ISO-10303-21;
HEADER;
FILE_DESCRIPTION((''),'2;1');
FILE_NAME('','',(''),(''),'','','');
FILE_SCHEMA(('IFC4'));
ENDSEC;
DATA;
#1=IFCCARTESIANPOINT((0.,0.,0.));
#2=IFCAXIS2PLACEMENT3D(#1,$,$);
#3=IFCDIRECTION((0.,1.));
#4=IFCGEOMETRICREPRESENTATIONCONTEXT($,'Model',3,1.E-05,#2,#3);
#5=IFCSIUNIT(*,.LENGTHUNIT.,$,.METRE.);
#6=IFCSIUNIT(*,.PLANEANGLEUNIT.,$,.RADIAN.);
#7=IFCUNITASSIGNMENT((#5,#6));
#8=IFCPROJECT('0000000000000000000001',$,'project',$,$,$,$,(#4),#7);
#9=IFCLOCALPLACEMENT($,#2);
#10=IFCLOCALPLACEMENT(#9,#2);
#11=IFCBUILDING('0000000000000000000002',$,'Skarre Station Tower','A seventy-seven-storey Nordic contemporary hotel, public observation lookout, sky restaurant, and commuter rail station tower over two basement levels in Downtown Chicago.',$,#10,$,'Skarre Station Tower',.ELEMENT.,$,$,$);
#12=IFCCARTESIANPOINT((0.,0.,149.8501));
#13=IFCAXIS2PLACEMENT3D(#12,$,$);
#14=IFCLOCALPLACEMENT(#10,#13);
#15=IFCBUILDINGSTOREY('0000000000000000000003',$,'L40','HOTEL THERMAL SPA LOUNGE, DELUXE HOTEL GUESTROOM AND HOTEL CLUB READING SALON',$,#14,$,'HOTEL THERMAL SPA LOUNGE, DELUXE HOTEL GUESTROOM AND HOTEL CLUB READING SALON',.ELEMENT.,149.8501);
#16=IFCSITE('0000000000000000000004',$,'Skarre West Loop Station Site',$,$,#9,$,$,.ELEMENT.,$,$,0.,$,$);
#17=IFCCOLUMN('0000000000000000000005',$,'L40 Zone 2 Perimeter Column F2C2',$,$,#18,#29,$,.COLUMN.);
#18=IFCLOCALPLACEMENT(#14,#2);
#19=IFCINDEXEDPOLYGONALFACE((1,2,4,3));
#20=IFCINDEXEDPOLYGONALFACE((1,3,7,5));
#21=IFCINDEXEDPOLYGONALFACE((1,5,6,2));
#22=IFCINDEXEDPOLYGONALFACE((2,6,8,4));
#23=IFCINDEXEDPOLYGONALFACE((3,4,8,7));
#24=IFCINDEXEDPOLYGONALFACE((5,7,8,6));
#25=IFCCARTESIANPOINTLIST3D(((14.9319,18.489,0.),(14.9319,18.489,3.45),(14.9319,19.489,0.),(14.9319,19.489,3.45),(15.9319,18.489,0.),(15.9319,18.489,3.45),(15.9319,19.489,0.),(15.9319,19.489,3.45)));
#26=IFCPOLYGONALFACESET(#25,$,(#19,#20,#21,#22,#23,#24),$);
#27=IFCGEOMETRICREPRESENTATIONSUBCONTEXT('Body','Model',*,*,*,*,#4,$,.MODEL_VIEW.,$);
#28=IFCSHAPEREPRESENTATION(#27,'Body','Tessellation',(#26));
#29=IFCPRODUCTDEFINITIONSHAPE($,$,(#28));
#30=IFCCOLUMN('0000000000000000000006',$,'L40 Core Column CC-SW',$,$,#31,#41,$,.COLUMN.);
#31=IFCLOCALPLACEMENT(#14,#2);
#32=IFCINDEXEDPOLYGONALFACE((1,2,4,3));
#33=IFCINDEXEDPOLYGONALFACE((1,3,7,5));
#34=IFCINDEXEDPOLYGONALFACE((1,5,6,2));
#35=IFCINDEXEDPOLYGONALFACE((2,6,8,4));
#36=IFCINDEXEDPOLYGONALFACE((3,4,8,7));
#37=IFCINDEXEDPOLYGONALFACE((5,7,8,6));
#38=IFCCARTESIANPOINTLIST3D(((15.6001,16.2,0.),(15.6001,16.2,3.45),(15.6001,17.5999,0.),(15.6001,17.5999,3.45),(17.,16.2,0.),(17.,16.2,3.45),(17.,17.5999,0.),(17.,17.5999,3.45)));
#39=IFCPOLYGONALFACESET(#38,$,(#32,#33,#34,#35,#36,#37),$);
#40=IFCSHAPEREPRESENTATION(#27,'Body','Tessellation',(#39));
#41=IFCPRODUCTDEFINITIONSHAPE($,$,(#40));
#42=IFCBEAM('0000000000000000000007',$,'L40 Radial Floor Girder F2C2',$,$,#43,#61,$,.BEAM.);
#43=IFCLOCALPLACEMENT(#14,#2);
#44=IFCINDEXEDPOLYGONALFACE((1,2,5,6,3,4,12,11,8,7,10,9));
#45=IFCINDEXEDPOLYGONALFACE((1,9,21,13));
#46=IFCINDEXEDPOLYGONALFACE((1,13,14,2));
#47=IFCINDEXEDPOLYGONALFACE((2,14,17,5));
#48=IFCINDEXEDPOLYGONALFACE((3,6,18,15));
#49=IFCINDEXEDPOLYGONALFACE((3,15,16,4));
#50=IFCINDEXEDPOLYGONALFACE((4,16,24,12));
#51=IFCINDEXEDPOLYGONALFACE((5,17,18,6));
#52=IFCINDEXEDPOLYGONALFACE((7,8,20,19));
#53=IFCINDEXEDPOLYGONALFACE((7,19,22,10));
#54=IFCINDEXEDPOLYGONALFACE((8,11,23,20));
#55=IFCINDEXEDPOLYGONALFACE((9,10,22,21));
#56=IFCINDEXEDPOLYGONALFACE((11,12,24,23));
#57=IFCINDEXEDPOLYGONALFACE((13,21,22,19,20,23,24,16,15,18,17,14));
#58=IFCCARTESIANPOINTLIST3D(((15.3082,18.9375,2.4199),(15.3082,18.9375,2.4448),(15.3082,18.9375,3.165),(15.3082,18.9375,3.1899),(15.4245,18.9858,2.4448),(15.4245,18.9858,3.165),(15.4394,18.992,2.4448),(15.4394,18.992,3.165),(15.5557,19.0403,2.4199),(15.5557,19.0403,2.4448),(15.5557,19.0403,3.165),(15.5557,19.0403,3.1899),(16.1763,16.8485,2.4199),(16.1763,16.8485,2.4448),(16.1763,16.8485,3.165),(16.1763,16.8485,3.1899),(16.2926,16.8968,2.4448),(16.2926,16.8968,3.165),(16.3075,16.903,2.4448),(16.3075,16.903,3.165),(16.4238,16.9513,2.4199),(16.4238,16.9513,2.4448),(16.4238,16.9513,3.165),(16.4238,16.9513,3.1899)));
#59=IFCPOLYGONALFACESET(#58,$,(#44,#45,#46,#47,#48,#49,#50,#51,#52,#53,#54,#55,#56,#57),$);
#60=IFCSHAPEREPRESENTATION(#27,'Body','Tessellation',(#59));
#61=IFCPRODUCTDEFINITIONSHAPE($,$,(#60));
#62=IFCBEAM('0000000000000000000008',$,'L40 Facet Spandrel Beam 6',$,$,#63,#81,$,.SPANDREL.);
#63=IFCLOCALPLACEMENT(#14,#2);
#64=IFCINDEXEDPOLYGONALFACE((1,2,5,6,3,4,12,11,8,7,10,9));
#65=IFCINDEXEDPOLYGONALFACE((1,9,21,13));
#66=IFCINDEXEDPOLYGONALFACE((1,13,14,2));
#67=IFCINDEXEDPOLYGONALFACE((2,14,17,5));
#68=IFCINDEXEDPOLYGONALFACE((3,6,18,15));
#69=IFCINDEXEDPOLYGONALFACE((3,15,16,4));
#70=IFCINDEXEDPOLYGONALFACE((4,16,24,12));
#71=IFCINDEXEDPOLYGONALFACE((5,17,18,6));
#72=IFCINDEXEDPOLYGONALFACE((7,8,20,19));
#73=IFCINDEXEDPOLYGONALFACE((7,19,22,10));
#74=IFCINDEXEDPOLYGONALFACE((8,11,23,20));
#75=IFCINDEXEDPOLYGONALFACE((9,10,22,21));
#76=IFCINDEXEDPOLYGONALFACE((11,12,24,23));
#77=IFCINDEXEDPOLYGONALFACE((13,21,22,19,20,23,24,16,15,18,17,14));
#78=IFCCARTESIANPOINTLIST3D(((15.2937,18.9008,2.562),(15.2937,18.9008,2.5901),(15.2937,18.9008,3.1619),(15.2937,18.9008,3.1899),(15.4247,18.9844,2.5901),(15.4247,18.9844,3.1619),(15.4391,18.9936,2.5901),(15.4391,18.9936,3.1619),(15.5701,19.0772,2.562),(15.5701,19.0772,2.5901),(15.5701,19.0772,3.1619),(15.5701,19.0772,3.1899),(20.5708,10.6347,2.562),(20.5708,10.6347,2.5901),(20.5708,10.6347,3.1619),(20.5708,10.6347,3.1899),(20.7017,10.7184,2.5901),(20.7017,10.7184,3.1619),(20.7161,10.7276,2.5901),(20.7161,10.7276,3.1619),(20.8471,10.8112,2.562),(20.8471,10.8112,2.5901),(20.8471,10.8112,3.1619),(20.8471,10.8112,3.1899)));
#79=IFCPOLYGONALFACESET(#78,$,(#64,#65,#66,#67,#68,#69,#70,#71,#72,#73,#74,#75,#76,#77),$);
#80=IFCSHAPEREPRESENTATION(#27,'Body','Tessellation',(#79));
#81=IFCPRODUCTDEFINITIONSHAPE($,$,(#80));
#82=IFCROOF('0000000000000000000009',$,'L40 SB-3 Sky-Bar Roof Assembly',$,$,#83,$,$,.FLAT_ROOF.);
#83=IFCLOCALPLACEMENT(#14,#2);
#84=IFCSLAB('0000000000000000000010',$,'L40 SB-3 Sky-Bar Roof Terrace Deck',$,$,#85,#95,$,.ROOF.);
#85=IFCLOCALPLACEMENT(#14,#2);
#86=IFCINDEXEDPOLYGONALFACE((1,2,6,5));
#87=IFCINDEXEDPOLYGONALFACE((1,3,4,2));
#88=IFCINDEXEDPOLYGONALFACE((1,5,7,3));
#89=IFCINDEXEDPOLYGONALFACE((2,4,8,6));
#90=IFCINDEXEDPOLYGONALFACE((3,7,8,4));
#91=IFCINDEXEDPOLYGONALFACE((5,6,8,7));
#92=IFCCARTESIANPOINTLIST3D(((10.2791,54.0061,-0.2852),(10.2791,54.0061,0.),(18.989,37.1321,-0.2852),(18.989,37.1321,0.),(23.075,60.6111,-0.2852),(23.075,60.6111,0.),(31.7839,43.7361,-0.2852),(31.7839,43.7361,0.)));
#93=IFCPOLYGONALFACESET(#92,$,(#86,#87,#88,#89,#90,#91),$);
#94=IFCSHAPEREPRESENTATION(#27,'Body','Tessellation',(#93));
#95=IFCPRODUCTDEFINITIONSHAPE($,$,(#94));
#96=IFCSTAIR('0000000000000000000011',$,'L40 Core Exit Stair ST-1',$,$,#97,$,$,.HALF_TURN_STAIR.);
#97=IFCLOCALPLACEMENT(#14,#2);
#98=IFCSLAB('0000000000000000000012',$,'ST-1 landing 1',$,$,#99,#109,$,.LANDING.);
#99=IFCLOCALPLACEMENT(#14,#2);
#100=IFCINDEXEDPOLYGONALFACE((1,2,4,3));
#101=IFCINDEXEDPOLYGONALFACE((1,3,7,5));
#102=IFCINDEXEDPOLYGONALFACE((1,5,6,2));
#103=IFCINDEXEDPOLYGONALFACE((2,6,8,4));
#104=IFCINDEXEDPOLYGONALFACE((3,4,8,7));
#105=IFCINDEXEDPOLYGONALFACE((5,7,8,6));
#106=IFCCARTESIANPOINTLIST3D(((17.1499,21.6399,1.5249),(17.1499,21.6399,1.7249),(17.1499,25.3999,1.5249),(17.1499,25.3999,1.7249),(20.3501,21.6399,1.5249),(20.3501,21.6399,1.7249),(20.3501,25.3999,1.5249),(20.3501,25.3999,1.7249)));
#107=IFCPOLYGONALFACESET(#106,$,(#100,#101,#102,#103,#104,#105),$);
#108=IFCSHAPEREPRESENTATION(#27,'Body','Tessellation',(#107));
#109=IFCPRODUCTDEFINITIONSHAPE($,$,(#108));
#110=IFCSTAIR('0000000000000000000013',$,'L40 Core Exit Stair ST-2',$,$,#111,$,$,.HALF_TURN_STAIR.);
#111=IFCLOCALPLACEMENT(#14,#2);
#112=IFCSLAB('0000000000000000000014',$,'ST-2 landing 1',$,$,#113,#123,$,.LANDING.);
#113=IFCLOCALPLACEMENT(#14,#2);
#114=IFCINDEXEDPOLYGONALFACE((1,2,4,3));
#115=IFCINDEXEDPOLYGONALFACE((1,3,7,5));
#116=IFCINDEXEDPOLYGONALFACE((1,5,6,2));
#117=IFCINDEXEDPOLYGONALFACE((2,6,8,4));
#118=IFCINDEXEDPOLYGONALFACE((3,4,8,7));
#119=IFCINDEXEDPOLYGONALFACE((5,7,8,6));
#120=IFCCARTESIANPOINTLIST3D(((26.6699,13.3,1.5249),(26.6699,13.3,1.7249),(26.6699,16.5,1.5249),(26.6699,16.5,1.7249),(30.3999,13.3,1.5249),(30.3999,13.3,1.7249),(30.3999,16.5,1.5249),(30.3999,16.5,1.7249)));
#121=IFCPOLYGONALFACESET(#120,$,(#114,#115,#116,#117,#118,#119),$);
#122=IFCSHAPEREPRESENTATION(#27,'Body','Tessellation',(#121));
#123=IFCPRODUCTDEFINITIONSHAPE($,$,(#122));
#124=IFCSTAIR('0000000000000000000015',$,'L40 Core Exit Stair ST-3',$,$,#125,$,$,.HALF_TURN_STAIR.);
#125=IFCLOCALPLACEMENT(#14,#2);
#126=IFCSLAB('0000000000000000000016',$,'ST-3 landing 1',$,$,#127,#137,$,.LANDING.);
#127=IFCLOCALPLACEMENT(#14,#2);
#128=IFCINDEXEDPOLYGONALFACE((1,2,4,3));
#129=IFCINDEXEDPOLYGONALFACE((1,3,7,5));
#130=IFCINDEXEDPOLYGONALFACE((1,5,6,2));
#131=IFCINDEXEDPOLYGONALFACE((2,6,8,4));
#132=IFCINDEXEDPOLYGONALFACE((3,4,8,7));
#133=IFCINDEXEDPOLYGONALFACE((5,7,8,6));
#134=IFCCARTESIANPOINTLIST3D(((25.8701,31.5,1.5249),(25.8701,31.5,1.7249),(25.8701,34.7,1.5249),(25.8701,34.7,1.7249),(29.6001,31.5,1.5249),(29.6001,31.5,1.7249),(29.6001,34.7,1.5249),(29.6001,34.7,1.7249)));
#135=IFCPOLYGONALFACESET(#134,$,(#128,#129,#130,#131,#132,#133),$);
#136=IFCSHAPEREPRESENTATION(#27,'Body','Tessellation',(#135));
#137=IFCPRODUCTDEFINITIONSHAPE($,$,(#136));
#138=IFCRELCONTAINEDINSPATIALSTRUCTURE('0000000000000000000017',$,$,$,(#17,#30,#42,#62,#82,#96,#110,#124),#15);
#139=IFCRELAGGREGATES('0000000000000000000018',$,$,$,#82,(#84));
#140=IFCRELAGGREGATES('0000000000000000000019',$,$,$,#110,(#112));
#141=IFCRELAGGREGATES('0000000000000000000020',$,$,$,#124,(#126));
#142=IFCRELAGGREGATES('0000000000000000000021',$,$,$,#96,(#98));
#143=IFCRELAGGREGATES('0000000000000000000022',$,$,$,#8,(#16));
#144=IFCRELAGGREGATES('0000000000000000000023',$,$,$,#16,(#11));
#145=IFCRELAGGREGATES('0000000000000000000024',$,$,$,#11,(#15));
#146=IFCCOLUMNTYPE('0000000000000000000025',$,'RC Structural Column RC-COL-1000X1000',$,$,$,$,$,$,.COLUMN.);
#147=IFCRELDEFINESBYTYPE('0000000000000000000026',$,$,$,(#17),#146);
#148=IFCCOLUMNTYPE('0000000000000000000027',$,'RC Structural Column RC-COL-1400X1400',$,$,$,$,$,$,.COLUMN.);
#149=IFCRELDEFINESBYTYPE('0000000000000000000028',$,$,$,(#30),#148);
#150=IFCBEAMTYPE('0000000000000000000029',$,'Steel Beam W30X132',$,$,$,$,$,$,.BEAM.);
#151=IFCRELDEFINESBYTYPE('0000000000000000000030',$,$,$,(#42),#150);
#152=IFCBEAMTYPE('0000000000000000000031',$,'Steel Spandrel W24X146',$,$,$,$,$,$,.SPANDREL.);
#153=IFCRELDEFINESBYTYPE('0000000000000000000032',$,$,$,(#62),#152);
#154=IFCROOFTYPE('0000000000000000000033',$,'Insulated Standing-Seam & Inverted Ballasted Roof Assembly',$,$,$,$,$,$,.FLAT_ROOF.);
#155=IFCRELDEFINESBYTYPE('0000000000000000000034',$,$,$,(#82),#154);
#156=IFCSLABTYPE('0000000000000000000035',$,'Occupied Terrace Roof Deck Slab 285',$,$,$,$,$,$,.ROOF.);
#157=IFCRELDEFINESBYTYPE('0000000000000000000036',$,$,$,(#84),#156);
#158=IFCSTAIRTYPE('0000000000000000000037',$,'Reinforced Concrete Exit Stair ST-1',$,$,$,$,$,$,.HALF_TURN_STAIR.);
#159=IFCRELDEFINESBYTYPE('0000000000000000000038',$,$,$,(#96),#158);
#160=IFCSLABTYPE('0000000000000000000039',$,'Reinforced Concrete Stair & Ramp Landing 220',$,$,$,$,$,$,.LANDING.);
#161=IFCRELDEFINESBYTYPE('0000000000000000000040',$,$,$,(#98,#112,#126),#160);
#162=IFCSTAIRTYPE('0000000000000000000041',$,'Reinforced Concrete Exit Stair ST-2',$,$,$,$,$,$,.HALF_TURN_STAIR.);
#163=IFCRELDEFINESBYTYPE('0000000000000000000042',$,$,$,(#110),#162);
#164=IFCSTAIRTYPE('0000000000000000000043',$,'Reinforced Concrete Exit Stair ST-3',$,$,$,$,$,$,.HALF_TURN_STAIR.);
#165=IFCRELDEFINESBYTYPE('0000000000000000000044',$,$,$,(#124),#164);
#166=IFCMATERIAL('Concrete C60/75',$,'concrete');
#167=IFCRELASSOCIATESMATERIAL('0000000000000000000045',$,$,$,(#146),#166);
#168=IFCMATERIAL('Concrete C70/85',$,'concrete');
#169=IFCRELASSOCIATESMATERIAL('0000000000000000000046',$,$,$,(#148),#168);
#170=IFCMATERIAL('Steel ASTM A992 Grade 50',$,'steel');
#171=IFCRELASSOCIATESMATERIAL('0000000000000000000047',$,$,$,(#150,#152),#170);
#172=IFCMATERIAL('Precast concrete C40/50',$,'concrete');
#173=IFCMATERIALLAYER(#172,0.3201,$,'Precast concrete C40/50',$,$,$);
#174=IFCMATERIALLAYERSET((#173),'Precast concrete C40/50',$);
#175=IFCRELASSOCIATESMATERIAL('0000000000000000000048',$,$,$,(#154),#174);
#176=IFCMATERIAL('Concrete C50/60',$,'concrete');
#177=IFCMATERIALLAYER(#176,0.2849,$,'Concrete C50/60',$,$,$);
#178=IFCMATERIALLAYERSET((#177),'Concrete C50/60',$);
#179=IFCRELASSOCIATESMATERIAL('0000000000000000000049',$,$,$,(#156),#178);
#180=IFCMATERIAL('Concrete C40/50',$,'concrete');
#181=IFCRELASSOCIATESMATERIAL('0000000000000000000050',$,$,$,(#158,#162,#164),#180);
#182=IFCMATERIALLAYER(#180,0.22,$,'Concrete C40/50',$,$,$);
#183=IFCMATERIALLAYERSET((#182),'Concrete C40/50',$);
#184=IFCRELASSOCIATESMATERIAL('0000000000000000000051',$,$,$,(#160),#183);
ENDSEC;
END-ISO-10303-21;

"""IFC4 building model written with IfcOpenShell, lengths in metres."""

from ifc_helpers import new_model, si_unit, direction, frame, origin, origin_2d, place, context, subcontext, project, spatial, polyline, rectangle, i_section, outline, extrude, material, layer, layer_set, material_profile, profile_set, type_object, element, aggregate, save


model = new_model("IFC4")

# Units and contexts
model_context = context("Model", 3, precision=1e-05, world=origin(), true_north=direction((0.0, 1.0)))
body_context = subcontext(model_context, "Body", "Model", "MODEL_VIEW")
ifc_project = project(units=[si_unit("LENGTHUNIT", "METRE"), si_unit("PLANEANGLEUNIT", "RADIAN")], contexts=[model_context])

# Site, building, storey
site_placement = place(None, origin())
site = spatial("IfcSite", under=ifc_project, at=site_placement, Name="Skarre West Loop Station Site", CompositionType="ELEMENT", RefElevation=0.0)
building_placement = place(site_placement, origin())
building = spatial("IfcBuilding", under=site, at=building_placement, Name="Skarre Station Tower", Description="A seventy-seven-storey Nordic contemporary hotel, public observation lookout, sky restaurant, and commuter rail station tower over two basement levels in Downtown Chicago.", LongName="Skarre Station Tower", CompositionType="ELEMENT")
storey_placement = place(building_placement, frame((0.0, 0.0, 149.8501)))
storey = spatial("IfcBuildingStorey", under=building, at=storey_placement, Name="L40", Description="HOTEL THERMAL SPA LOUNGE, DELUXE HOTEL GUESTROOM AND HOTEL CLUB READING SALON", LongName="HOTEL THERMAL SPA LOUNGE, DELUXE HOTEL GUESTROOM AND HOTEL CLUB READING SALON", CompositionType="ELEMENT", Elevation=149.8501)

# Columns
ifc_material_1 = material(Name="Concrete C60/75", Category="concrete")
ifc_material_profile_1 = material_profile(ifc_material_1, rectangle(XDim=1.0, YDim=1.0, at=origin_2d()), Name="Concrete C60/75")
ifc_profile_set_1 = profile_set([ifc_material_profile_1], Name="Concrete C60/75")
column_type_1 = type_object("IfcColumnType", Name="RC Structural Column RC-COL-1000X1000", PredefinedType="COLUMN", material=ifc_profile_set_1)
column_1_placement = place(storey_placement, frame((15.4319, 18.989, 0.0), z_axis=(0.0, 0.0, 1.0), x_axis=(1.0, 0.0, 0.0)))
element("IfcColumn", 1, at=column_1_placement, inside=storey, type_object=column_type_1, Name="L40 Zone 2 Perimeter Column F2C2", PredefinedType="COLUMN", context=body_context, shape_type="SweptSolid", body=[
    extrude(rectangle(XDim=1.0, YDim=1.0, at=origin_2d()), origin(), (0.0, 0.0, 1.0), 3.45),
])
ifc_material_2 = material(Name="Concrete C70/85", Category="concrete")
ifc_material_profile_2 = material_profile(ifc_material_2, rectangle(XDim=1.3999, YDim=1.3999, at=origin_2d()), Name="Concrete C70/85")
ifc_profile_set_2 = profile_set([ifc_material_profile_2], Name="Concrete C70/85")
column_type_2 = type_object("IfcColumnType", Name="RC Structural Column RC-COL-1400X1400", PredefinedType="COLUMN", material=ifc_profile_set_2)
column_2_placement = place(storey_placement, frame((16.3, 16.8999, 0.0), z_axis=(0.0, 0.0, 1.0), x_axis=(1.0, 0.0, 0.0)))
element("IfcColumn", 2, at=column_2_placement, inside=storey, type_object=column_type_2, Name="L40 Core Column CC-SW", PredefinedType="COLUMN", context=body_context, shape_type="SweptSolid", body=[
    extrude(rectangle(XDim=1.3999, YDim=1.3999, at=origin_2d()), origin(), (0.0, 0.0, 1.0), 3.45),
])

# Beams
ifc_material_3 = material(Name="Steel ASTM A992 Grade 50", Category="steel")
ifc_material_profile_3 = material_profile(ifc_material_3, i_section(OverallWidth=0.2681, OverallDepth=0.77, WebThickness=0.0161, FlangeThickness=0.0249, at=origin_2d()), Name="Steel ASTM A992 Grade 50")
ifc_profile_set_3 = profile_set([ifc_material_profile_3], Name="Steel ASTM A992 Grade 50")
beam_type_1 = type_object("IfcBeamType", Name="Steel Beam W30X132", PredefinedType="BEAM", material=ifc_profile_set_3)
beam_1_placement = place(storey_placement, frame((16.3, 16.8999, 2.8049), z_axis=(-0.383749, 0.923437, 0.0), x_axis=(-0.923437, -0.383749, 0.0)))
element("IfcBeam", 3, at=beam_1_placement, inside=storey, type_object=beam_type_1, Name="L40 Radial Floor Girder F2C2", PredefinedType="BEAM", context=body_context, shape_type="SweptSolid", body=[
    extrude(i_section(OverallWidth=0.2681, OverallDepth=0.77, WebThickness=0.0161, FlangeThickness=0.0249, at=origin_2d()), origin(), (0.0, 0.0, 1.0), 2.2622),
])
ifc_material_profile_4 = material_profile(ifc_material_3, i_section(OverallWidth=0.3279, OverallDepth=0.6279, WebThickness=0.0171, FlangeThickness=0.0281, at=origin_2d()), Name="Steel ASTM A992 Grade 50")
ifc_profile_set_4 = profile_set([ifc_material_profile_4], Name="Steel ASTM A992 Grade 50")
beam_type_2 = type_object("IfcBeamType", Name="Steel Spandrel W24X146", PredefinedType="SPANDREL", material=ifc_profile_set_4)
beam_2_placement = place(storey_placement, frame((15.4319, 18.989, 2.876), z_axis=(0.538098, -0.842883, 0.0), x_axis=(0.842883, 0.538098, 0.0)))
element("IfcBeam", 4, at=beam_2_placement, inside=storey, type_object=beam_type_2, Name="L40 Facet Spandrel Beam 6", PredefinedType="SPANDREL", context=body_context, shape_type="SweptSolid", body=[
    extrude(i_section(OverallWidth=0.3279, OverallDepth=0.6279, WebThickness=0.0171, FlangeThickness=0.0281, at=origin_2d()), origin(), (0.0, 0.0, 1.0), 9.8069),
])

# Roof, slab
ifc_material_4 = material(Name="Precast concrete C40/50", Category="concrete")
ifc_layer_1 = layer(ifc_material_4, 0.3201, Name="Precast concrete C40/50")
ifc_layer_set_1 = layer_set([ifc_layer_1], Name="Precast concrete C40/50")
roof_type = type_object("IfcRoofType", Name="Insulated Standing-Seam & Inverted Ballasted Roof Assembly", PredefinedType="FLAT_ROOF", material=ifc_layer_set_1)
roof_placement = place(storey_placement, origin())
roof = element("IfcRoof", 5, at=roof_placement, inside=storey, type_object=roof_type, Name="L40 SB-3 Sky-Bar Roof Assembly", PredefinedType="FLAT_ROOF")
ifc_material_5 = material(Name="Concrete C50/60", Category="concrete")
ifc_layer_2 = layer(ifc_material_5, 0.2849, Name="Concrete C50/60")
ifc_layer_set_2 = layer_set([ifc_layer_2], Name="Concrete C50/60")
slab_type_1 = type_object("IfcSlabType", Name="Occupied Terrace Roof Deck Slab 285", PredefinedType="ROOF", material=ifc_layer_set_2)
slab_1_placement = place(storey_placement, frame((0.0, 0.0, -0.2852)))
slab_1 = element("IfcSlab", 6, at=slab_1_placement, type_object=slab_type_1, Name="L40 SB-3 Sky-Bar Roof Terrace Deck", PredefinedType="ROOF", context=body_context, shape_type="SweptSolid", body=[
    extrude(outline(polyline([(18.989, 37.1321), (31.7839, 43.7361), (23.075, 60.6111), (10.2791, 54.0061), (18.989, 37.1321)])), origin(), (0.0, 0.0, 1.0), 0.2852),
])
aggregate(roof, [slab_1])

# Stairs, slabs
ifc_material_6 = material(Name="Concrete C40/50", Category="concrete")
stair_type_1 = type_object("IfcStairType", Name="Reinforced Concrete Exit Stair ST-1", PredefinedType="HALF_TURN_STAIR", material=ifc_material_6)
stair_1_placement = place(storey_placement, origin())
stair_1 = element("IfcStair", 7, at=stair_1_placement, inside=storey, type_object=stair_type_1, Name="L40 Core Exit Stair ST-1", PredefinedType="HALF_TURN_STAIR")
ifc_layer_3 = layer(ifc_material_6, 0.22, Name="Concrete C40/50")
ifc_layer_set_3 = layer_set([ifc_layer_3], Name="Concrete C40/50")
slab_type_2 = type_object("IfcSlabType", Name="Reinforced Concrete Stair & Ramp Landing 220", PredefinedType="LANDING", material=ifc_layer_set_3)
slab_2_placement = place(storey_placement, frame((0.0, 0.0, 1.5249)))
slab_2 = element("IfcSlab", 8, at=slab_2_placement, type_object=slab_type_2, Name="ST-1 landing 1", PredefinedType="LANDING", context=body_context, shape_type="SweptSolid", body=[
    extrude(outline(polyline([(20.3501, 21.6399), (20.3501, 25.3999), (17.1499, 25.3999), (17.1499, 21.6399), (20.3501, 21.6399)])), origin(), (0.0, 0.0, 1.0), 0.2),
])
stair_type_2 = type_object("IfcStairType", Name="Reinforced Concrete Exit Stair ST-2", PredefinedType="HALF_TURN_STAIR", material=ifc_material_6)
stair_2_placement = place(storey_placement, origin())
stair_2 = element("IfcStair", 9, at=stair_2_placement, inside=storey, type_object=stair_type_2, Name="L40 Core Exit Stair ST-2", PredefinedType="HALF_TURN_STAIR")
slab_3_placement = place(storey_placement, frame((0.0, 0.0, 1.5249)))
slab_3 = element("IfcSlab", 10, at=slab_3_placement, type_object=slab_type_2, Name="ST-2 landing 1", PredefinedType="LANDING", context=body_context, shape_type="SweptSolid", body=[
    extrude(outline(polyline([(26.6699, 13.3), (30.3999, 13.3), (30.3999, 16.5), (26.6699, 16.5), (26.6699, 13.3)])), origin(), (0.0, 0.0, 1.0), 0.2),
])
aggregate(stair_2, [slab_3])
stair_type_3 = type_object("IfcStairType", Name="Reinforced Concrete Exit Stair ST-3", PredefinedType="HALF_TURN_STAIR", material=ifc_material_6)
stair_3_placement = place(storey_placement, origin())
stair_3 = element("IfcStair", 11, at=stair_3_placement, inside=storey, type_object=stair_type_3, Name="L40 Core Exit Stair ST-3", PredefinedType="HALF_TURN_STAIR")
slab_4_placement = place(storey_placement, frame((0.0, 0.0, 1.5249)))
slab_4 = element("IfcSlab", 12, at=slab_4_placement, type_object=slab_type_2, Name="ST-3 landing 1", PredefinedType="LANDING", context=body_context, shape_type="SweptSolid", body=[
    extrude(outline(polyline([(25.8701, 31.5), (29.6001, 31.5), (29.6001, 34.7), (25.8701, 34.7), (25.8701, 31.5)])), origin(), (0.0, 0.0, 1.0), 0.2),
])
aggregate(stair_3, [slab_4])

aggregate(stair_1, [slab_2])

save(model, "model.ifc")
